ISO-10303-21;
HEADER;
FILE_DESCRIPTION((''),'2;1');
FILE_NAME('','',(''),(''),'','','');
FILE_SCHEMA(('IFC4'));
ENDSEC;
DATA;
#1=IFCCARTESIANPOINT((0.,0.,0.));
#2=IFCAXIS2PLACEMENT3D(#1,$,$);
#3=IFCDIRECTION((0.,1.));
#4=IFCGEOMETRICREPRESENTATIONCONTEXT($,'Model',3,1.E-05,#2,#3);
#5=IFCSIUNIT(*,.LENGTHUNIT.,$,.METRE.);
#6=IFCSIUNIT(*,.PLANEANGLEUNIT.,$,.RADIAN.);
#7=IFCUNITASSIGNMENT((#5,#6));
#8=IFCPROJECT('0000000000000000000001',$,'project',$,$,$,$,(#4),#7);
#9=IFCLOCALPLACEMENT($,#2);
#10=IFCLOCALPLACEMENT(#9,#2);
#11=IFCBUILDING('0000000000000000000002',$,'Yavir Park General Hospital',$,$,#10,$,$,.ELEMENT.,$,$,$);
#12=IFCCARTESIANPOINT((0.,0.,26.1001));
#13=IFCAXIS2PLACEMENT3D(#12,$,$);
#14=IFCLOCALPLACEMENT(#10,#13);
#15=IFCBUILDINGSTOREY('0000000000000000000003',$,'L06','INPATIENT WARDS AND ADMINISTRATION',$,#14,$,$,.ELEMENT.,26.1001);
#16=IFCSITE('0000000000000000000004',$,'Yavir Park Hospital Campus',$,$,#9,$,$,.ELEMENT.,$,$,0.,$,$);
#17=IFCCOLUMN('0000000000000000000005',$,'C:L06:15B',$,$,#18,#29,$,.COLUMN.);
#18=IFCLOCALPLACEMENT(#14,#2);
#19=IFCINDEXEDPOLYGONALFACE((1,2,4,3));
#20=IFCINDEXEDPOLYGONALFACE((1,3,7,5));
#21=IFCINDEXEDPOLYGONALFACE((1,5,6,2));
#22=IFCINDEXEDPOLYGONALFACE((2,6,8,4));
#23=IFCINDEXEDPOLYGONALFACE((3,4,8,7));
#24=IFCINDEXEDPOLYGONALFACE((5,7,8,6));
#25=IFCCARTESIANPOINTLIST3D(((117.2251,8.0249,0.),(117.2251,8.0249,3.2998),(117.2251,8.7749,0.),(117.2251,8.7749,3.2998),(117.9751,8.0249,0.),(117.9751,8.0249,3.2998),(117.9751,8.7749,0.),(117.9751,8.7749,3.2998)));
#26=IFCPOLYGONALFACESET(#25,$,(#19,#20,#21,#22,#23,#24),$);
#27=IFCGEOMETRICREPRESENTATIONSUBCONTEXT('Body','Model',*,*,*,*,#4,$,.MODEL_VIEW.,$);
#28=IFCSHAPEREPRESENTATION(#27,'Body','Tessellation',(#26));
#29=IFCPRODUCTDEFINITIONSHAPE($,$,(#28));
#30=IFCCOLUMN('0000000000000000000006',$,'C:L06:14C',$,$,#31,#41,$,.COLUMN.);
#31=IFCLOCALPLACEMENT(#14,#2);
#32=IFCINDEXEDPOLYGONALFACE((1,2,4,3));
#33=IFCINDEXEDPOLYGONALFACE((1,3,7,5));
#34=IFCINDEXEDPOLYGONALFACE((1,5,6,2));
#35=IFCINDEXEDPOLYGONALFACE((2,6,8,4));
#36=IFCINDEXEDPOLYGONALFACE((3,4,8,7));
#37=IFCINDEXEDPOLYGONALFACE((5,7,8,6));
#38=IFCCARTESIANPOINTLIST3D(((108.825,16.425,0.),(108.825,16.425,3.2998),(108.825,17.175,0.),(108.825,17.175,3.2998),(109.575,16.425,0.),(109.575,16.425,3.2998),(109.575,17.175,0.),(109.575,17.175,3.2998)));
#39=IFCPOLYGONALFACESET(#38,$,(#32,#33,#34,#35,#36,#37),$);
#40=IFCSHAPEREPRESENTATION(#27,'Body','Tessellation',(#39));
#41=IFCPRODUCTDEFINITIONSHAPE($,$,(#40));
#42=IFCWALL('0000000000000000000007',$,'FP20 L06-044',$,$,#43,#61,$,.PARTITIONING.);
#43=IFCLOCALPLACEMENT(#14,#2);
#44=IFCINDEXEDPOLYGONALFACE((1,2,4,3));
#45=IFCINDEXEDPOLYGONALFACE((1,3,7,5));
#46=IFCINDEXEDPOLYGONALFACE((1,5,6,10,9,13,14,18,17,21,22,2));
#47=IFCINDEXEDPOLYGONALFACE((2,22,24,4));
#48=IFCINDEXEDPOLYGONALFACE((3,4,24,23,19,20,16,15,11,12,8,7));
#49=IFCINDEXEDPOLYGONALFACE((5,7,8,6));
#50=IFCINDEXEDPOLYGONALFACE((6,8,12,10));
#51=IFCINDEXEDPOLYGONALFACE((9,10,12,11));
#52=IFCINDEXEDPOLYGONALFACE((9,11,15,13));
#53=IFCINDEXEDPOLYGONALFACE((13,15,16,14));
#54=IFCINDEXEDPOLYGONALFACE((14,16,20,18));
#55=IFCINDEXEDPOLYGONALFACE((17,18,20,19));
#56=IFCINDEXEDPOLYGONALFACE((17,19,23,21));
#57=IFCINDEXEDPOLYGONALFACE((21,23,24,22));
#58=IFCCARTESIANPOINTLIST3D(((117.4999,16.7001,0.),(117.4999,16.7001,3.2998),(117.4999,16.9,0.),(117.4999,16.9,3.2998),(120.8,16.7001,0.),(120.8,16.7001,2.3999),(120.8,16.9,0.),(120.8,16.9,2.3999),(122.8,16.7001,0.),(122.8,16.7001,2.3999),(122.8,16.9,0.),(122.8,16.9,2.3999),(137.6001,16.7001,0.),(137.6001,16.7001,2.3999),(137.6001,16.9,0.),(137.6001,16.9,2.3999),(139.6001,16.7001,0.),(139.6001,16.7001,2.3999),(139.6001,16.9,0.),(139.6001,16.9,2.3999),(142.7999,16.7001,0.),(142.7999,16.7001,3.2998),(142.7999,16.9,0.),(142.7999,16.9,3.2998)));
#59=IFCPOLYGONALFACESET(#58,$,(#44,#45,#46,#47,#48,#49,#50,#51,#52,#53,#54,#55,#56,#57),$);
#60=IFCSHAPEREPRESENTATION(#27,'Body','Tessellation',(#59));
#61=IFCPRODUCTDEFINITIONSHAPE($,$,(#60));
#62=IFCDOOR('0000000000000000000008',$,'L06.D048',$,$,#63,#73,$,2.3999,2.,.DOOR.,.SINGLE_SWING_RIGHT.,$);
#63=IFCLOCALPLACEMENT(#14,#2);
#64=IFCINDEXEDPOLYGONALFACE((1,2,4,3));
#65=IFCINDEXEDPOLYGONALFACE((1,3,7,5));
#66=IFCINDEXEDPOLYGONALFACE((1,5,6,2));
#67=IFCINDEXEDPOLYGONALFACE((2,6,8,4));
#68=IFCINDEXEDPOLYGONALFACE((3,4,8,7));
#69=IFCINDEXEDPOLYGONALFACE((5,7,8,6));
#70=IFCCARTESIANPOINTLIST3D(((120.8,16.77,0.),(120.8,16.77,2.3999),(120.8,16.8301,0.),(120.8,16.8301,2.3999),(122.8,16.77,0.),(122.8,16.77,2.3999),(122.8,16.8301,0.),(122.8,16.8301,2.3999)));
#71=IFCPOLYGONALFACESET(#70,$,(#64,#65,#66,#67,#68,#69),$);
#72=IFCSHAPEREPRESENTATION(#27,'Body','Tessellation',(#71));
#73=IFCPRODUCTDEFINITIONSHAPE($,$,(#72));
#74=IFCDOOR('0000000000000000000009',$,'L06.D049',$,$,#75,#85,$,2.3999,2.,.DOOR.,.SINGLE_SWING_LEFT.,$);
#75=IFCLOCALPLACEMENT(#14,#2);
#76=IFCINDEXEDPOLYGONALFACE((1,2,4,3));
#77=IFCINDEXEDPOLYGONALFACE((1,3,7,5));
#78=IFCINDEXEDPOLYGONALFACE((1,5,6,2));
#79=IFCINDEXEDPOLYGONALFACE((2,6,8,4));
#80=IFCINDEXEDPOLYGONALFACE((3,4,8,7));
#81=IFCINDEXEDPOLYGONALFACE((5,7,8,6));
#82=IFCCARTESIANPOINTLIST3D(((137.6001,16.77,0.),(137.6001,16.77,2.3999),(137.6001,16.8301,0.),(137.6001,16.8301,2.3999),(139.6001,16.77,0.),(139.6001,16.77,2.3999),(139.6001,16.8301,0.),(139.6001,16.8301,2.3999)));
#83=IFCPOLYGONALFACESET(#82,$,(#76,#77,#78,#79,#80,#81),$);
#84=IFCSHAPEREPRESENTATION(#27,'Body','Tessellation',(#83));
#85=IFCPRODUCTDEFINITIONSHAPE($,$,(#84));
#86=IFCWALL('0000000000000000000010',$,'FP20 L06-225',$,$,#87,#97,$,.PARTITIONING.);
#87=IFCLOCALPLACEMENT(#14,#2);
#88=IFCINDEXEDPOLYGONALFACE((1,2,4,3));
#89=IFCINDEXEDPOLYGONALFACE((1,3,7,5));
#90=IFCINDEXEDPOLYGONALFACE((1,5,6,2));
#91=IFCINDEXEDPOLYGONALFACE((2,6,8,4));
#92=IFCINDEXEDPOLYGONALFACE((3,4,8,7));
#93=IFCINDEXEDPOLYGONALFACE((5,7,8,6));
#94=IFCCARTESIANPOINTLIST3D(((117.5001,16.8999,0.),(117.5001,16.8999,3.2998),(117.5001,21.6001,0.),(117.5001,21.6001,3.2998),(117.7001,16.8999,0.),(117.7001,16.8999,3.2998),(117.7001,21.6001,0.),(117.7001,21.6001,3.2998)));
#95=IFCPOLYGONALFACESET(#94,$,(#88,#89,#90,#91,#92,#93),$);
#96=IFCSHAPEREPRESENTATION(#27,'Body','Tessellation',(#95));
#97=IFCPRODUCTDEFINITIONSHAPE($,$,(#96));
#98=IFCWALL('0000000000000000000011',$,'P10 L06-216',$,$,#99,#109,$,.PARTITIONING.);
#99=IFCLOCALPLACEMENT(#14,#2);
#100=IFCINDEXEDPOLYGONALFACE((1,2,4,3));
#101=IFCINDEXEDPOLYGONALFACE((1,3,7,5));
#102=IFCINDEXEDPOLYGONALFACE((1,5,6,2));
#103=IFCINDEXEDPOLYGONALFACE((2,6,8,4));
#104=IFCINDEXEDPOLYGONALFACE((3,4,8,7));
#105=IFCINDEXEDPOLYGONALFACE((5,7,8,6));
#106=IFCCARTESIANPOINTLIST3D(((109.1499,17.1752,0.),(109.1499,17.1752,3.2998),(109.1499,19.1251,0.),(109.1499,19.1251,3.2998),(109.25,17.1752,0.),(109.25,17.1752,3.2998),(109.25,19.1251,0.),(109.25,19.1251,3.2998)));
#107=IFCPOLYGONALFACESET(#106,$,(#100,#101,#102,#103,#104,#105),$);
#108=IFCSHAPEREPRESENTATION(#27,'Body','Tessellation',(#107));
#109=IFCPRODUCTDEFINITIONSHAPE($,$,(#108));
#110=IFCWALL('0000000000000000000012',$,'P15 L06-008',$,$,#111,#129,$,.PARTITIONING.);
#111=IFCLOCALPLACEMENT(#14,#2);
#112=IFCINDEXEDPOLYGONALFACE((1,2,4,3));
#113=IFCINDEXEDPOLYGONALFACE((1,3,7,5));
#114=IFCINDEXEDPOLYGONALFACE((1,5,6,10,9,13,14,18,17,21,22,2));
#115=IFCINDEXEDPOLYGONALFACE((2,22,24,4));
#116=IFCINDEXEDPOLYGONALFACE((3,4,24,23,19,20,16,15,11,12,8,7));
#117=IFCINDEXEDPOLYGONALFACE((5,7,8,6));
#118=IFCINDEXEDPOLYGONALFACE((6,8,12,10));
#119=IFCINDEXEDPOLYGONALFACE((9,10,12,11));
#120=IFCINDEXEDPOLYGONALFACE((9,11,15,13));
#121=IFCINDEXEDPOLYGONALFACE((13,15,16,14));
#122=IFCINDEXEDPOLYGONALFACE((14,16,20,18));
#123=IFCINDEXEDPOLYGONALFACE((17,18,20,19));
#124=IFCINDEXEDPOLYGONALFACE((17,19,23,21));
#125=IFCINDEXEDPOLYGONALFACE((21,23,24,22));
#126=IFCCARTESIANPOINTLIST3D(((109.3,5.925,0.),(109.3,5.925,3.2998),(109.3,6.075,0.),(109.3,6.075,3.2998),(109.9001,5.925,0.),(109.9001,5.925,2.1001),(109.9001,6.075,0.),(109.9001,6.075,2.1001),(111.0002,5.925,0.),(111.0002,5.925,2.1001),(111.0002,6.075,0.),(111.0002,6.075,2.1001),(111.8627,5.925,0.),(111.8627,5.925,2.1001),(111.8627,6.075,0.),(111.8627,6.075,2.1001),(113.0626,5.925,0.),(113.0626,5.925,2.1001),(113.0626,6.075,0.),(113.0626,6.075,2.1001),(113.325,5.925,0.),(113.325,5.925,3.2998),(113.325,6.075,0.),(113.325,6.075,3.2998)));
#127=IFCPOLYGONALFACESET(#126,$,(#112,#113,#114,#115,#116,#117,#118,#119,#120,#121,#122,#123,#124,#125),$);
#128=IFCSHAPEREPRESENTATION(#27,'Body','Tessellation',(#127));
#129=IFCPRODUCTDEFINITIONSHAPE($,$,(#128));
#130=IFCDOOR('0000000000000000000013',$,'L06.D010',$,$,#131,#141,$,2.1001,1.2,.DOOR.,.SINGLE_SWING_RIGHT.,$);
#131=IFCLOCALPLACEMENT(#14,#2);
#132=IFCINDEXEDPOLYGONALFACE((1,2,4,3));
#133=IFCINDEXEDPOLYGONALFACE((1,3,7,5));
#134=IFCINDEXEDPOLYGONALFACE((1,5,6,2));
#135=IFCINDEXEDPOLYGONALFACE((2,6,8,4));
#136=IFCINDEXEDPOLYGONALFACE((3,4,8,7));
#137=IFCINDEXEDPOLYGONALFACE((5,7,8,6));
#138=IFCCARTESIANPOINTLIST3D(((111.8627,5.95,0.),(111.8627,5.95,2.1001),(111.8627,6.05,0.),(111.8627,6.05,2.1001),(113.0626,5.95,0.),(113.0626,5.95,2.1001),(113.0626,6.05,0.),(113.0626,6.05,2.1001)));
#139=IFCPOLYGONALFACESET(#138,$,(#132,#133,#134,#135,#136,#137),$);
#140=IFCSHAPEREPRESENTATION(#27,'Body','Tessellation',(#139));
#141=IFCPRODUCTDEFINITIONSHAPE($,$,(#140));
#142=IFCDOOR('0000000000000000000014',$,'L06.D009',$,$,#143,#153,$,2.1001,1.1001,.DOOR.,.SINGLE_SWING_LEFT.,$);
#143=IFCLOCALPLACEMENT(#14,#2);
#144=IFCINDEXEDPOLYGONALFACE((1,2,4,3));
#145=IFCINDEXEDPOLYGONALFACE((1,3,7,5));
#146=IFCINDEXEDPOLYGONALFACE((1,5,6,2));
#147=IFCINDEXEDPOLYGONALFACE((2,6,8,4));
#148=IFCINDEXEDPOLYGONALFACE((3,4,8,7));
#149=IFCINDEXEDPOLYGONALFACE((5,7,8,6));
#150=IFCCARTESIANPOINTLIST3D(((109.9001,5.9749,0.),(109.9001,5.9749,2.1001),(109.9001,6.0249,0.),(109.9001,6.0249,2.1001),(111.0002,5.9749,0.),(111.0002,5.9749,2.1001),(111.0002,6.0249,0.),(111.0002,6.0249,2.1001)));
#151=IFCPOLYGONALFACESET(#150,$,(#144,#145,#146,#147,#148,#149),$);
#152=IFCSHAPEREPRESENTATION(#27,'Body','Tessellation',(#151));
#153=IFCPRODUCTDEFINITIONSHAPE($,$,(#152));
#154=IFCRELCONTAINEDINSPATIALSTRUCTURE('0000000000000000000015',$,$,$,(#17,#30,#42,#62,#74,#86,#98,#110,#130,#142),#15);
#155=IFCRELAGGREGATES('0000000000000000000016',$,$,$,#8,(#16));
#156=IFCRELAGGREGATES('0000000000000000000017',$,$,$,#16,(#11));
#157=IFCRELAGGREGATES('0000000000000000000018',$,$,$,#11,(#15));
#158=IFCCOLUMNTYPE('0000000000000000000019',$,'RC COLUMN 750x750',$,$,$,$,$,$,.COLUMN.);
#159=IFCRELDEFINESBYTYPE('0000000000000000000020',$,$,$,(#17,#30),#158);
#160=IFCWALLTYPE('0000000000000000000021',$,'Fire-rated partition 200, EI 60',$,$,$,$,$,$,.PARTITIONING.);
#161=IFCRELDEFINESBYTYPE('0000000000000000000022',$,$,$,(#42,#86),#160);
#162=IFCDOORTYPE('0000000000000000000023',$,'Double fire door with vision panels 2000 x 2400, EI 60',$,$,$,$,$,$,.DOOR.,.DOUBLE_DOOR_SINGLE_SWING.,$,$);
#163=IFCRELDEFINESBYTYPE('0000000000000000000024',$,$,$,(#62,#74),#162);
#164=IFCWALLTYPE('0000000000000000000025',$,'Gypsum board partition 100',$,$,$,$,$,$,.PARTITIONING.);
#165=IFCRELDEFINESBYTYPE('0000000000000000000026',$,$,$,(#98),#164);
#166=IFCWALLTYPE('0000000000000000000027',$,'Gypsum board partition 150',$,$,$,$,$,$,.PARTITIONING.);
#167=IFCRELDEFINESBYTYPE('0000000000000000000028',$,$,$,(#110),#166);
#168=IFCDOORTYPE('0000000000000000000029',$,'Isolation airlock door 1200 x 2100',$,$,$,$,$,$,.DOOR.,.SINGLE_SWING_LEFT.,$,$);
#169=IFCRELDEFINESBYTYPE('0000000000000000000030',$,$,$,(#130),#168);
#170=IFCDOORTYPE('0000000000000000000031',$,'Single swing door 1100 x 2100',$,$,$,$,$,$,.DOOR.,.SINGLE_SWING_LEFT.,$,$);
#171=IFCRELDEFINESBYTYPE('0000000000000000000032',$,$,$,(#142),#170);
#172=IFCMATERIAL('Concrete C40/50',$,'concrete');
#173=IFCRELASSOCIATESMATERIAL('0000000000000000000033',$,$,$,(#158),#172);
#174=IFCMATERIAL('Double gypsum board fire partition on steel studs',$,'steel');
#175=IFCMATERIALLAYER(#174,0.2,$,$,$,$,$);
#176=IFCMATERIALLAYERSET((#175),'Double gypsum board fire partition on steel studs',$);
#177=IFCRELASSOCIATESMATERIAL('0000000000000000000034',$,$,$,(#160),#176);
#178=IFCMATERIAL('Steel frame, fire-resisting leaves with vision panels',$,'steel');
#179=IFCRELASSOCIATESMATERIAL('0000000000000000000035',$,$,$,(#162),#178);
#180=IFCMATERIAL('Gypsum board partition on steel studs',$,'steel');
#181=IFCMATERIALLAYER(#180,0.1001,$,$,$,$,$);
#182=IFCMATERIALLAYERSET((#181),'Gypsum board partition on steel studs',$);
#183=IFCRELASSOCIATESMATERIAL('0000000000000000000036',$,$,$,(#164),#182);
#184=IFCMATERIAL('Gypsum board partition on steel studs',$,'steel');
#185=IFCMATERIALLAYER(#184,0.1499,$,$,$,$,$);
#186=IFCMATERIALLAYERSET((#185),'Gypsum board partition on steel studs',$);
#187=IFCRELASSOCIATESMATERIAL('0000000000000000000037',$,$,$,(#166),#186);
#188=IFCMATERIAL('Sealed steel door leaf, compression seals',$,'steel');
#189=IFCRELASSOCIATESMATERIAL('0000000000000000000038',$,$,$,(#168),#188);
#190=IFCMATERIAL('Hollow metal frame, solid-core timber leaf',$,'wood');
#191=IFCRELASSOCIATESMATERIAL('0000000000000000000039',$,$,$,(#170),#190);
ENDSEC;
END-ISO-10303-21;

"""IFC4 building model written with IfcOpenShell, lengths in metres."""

from ifc_helpers import new_model, si_unit, direction, frame, frame_2d, origin, origin_2d, place, context, subcontext, project, spatial, rectangle, extrude, material, layer, layer_set, material_profile, profile_set, type_object, element, fill, save


model = new_model("IFC4")

# Units and contexts
model_context = context("Model", 3, precision=1e-05, world=origin(), true_north=direction((0.0, 1.0)))
body_context = subcontext(model_context, "Body", "Model", "MODEL_VIEW")
ifc_project = project(units=[si_unit("LENGTHUNIT", "METRE"), si_unit("PLANEANGLEUNIT", "RADIAN")], contexts=[model_context])

# Site, building, storey
site_placement = place(None, origin())
site = spatial("IfcSite", under=ifc_project, at=site_placement, Name="Yavir Park Hospital Campus", CompositionType="ELEMENT", RefElevation=0.0)
building_placement = place(site_placement, origin())
building = spatial("IfcBuilding", under=site, at=building_placement, Name="Yavir Park General Hospital", CompositionType="ELEMENT")
storey_placement = place(building_placement, frame((0.0, 0.0, 26.1001)))
storey = spatial("IfcBuildingStorey", under=building, at=storey_placement, Name="L06", Description="INPATIENT WARDS AND ADMINISTRATION", CompositionType="ELEMENT", Elevation=26.1001)

# Columns
ifc_material_1 = material(Name="Concrete C40/50", Category="concrete")
ifc_material_profile = material_profile(ifc_material_1, rectangle(XDim=0.75, YDim=0.75, at=origin_2d()), Name="RC750x750")
ifc_profile_set = profile_set([ifc_material_profile], Name="Concrete C40/50")
column_type = type_object("IfcColumnType", Name="RC COLUMN 750x750", PredefinedType="COLUMN", material=ifc_profile_set)
for number, where, z_axis, x_axis, name in (
    (1, (117.6001, 8.3999, 0.0), (0.0, 0.0, 1.0), (1.0, 0.0, 0.0), "C:L06:15B"),
    (2, (109.2, 16.8, 0.0), (0.0, 0.0, 1.0), (1.0, 0.0, 0.0), "C:L06:14C"),
):
    element("IfcColumn", number, at=place(storey_placement, frame(where, z_axis=z_axis, x_axis=x_axis)), inside=storey, type_object=column_type, Name=name, PredefinedType="COLUMN", context=body_context, shape_type="SweptSolid", body=[
        extrude(rectangle(XDim=0.75, YDim=0.75, at=origin_2d()), origin(), (0.0, 0.0, 1.0), 3.2998),
    ])

# Wall, openings, doors
ifc_material_2 = material(Name="Double gypsum board fire partition on steel studs", Category="steel")
ifc_layer_1 = layer(ifc_material_2, 0.2)
ifc_layer_set_1 = layer_set([ifc_layer_1], Name="Double gypsum board fire partition on steel studs")
wall_type_1 = type_object("IfcWallType", Name="Fire-rated partition 200, EI 60", PredefinedType="PARTITIONING", material=ifc_layer_set_1)
wall_1_placement = place(storey_placement, frame((117.5, 16.8, 0.0), z_axis=(0.0, 0.0, 1.0), x_axis=(1.0, 0.0, 0.0)))
wall_1 = element("IfcWall", 3, at=wall_1_placement, inside=storey, type_object=wall_type_1, Name="FP20 L06-044", PredefinedType="PARTITIONING", context=body_context, shape_type="SweptSolid", body=[
    extrude(rectangle(XDim=25.3, YDim=0.2, at=frame_2d((12.6499, 0.0))), origin(), (0.0, 0.0, 1.0), 3.2998),
])
opening_1_placement = place(wall_1_placement, frame((3.3, 0.0, 0.0)))
opening_1 = element("IfcOpeningElement", 4, at=opening_1_placement, cuts=wall_1, PredefinedType="OPENING", context=body_context, shape_type="SweptSolid", body=[
    extrude(rectangle(XDim=2.0, YDim=2.3999, at=frame_2d((1.0, 1.2))), frame((0.0, 0.1099, 0.0), z_axis=(0.0, -1.0, 0.0), x_axis=(1.0, 0.0, 0.0)), (0.0, 0.0, 1.0), 0.22),
])
opening_2_placement = place(wall_1_placement, frame((20.1001, 0.0, 0.0)))
opening_2 = element("IfcOpeningElement", 5, at=opening_2_placement, cuts=wall_1, PredefinedType="OPENING", context=body_context, shape_type="SweptSolid", body=[
    extrude(rectangle(XDim=2.0, YDim=2.3999, at=frame_2d((1.0, 1.2))), frame((0.0, 0.1099, 0.0), z_axis=(0.0, -1.0, 0.0), x_axis=(1.0, 0.0, 0.0)), (0.0, 0.0, 1.0), 0.22),
])
ifc_material_3 = material(Name="Steel frame, fire-resisting leaves with vision panels", Category="steel")
door_type_1 = type_object("IfcDoorType", Name="Double fire door with vision panels 2000 x 2400, EI 60", OperationType="DOUBLE_DOOR_SINGLE_SWING", PredefinedType="DOOR", material=ifc_material_3)
door_1_placement = place(opening_1_placement, origin())
door_1 = element("IfcDoor", 6, at=door_1_placement, inside=storey, type_object=door_type_1, Name="L06.D048", OperationType="SINGLE_SWING_RIGHT", OverallHeight=2.3999, OverallWidth=2.0, PredefinedType="DOOR", context=body_context, shape_type="SweptSolid", body=[
    extrude(rectangle(XDim=2.0, YDim=2.3999, at=frame_2d((1.0, 1.2))), frame((0.0, 0.03, 0.0), z_axis=(0.0, -1.0, 0.0), x_axis=(1.0, 0.0, 0.0)), (0.0, 0.0, 1.0), 0.0601),
])
fill(opening_1, door_1)
door_2_placement = place(opening_2_placement, origin())
door_2 = element("IfcDoor", 7, at=door_2_placement, inside=storey, type_object=door_type_1, Name="L06.D049", OperationType="SINGLE_SWING_LEFT", OverallHeight=2.3999, OverallWidth=2.0, PredefinedType="DOOR", context=body_context, shape_type="SweptSolid", body=[
    extrude(rectangle(XDim=2.0, YDim=2.3999, at=frame_2d((1.0, 1.2))), frame((0.0, 0.03, 0.0), z_axis=(0.0, -1.0, 0.0), x_axis=(1.0, 0.0, 0.0)), (0.0, 0.0, 1.0), 0.0601),
])
fill(opening_2, door_2)

# Walls
wall_2_placement = place(storey_placement, frame((117.6001, 16.8999, 0.0), z_axis=(0.0, 0.0, 1.0), x_axis=(0.0, 1.0, 0.0)))
element("IfcWall", 8, at=wall_2_placement, inside=storey, type_object=wall_type_1, Name="FP20 L06-225", PredefinedType="PARTITIONING", context=body_context, shape_type="SweptSolid", body=[
    extrude(rectangle(XDim=4.7002, YDim=0.2, at=frame_2d((2.3501, 0.0))), origin(), (0.0, 0.0, 1.0), 3.2998),
])
ifc_material_4 = material(Name="Gypsum board partition on steel studs", Category="steel")
ifc_layer_2 = layer(ifc_material_4, 0.1001)
ifc_layer_set_2 = layer_set([ifc_layer_2], Name="Gypsum board partition on steel studs")
wall_type_2 = type_object("IfcWallType", Name="Gypsum board partition 100", PredefinedType="PARTITIONING", material=ifc_layer_set_2)
wall_3_placement = place(storey_placement, frame((109.2, 17.175, 0.0), z_axis=(0.0, 0.0, 1.0), x_axis=(0.0, 1.0, 0.0)))
element("IfcWall", 9, at=wall_3_placement, inside=storey, type_object=wall_type_2, Name="P10 L06-216", PredefinedType="PARTITIONING", context=body_context, shape_type="SweptSolid", body=[
    extrude(rectangle(XDim=1.95, YDim=0.1001, at=frame_2d((0.9751, 0.0))), origin(), (0.0, 0.0, 1.0), 3.2998),
])

# Wall, openings, doors
ifc_material_5 = material(Name="Gypsum board partition on steel studs", Category="steel")
ifc_layer_3 = layer(ifc_material_5, 0.1499)
ifc_layer_set_3 = layer_set([ifc_layer_3], Name="Gypsum board partition on steel studs")
wall_type_3 = type_object("IfcWallType", Name="Gypsum board partition 150", PredefinedType="PARTITIONING", material=ifc_layer_set_3)
wall_4_placement = place(storey_placement, frame((109.3, 6.0, 0.0), z_axis=(0.0, 0.0, 1.0), x_axis=(1.0, 0.0, 0.0)))
wall_4 = element("IfcWall", 10, at=wall_4_placement, inside=storey, type_object=wall_type_3, Name="P15 L06-008", PredefinedType="PARTITIONING", context=body_context, shape_type="SweptSolid", body=[
    extrude(rectangle(XDim=4.0249, YDim=0.1499, at=frame_2d((2.0125, 0.0))), origin(), (0.0, 0.0, 1.0), 3.2998),
])
opening_3_placement = place(wall_4_placement, frame((0.6001, 0.0, 0.0)))
opening_3 = element("IfcOpeningElement", 11, at=opening_3_placement, cuts=wall_4, PredefinedType="OPENING", context=body_context, shape_type="SweptSolid", body=[
    extrude(rectangle(XDim=1.1001, YDim=2.1001, at=frame_2d((0.55, 1.05))), frame((0.0, 0.085, 0.0), z_axis=(0.0, -1.0, 0.0), x_axis=(1.0, 0.0, 0.0)), (0.0, 0.0, 1.0), 0.1699),
])
opening_4_placement = place(wall_4_placement, frame((2.5625, 0.0, 0.0)))
opening_4 = element("IfcOpeningElement", 12, at=opening_4_placement, cuts=wall_4, PredefinedType="OPENING", context=body_context, shape_type="SweptSolid", body=[
    extrude(rectangle(XDim=1.2, YDim=2.1001, at=frame_2d((0.6001, 1.05))), frame((0.0, 0.085, 0.0), z_axis=(0.0, -1.0, 0.0), x_axis=(1.0, 0.0, 0.0)), (0.0, 0.0, 1.0), 0.1699),
])
ifc_material_6 = material(Name="Sealed steel door leaf, compression seals", Category="steel")
door_type_2 = type_object("IfcDoorType", Name="Isolation airlock door 1200 x 2100", OperationType="SINGLE_SWING_LEFT", PredefinedType="DOOR", material=ifc_material_6)
door_3_placement = place(opening_4_placement, origin())
door_3 = element("IfcDoor", 13, at=door_3_placement, inside=storey, type_object=door_type_2, Name="L06.D010", OperationType="SINGLE_SWING_RIGHT", OverallHeight=2.1001, OverallWidth=1.2, PredefinedType="DOOR", context=body_context, shape_type="SweptSolid", body=[
    extrude(rectangle(XDim=1.2, YDim=2.1001, at=frame_2d((0.6001, 1.05))), frame((0.0, 0.05, 0.0), z_axis=(0.0, -1.0, 0.0), x_axis=(1.0, 0.0, 0.0)), (0.0, 0.0, 1.0), 0.1001),
])
fill(opening_4, door_3)
ifc_material_7 = material(Name="Hollow metal frame, solid-core timber leaf", Category="wood")
door_type_3 = type_object("IfcDoorType", Name="Single swing door 1100 x 2100", OperationType="SINGLE_SWING_LEFT", PredefinedType="DOOR", material=ifc_material_7)
door_4_placement = place(opening_3_placement, origin())
door_4 = element("IfcDoor", 14, at=door_4_placement, inside=storey, type_object=door_type_3, Name="L06.D009", OperationType="SINGLE_SWING_LEFT", OverallHeight=2.1001, OverallWidth=1.1001, PredefinedType="DOOR", context=body_context, shape_type="SweptSolid", body=[
    extrude(rectangle(XDim=1.1001, YDim=2.1001, at=frame_2d((0.55, 1.05))), frame((0.0, 0.0249, 0.0), z_axis=(0.0, -1.0, 0.0), x_axis=(1.0, 0.0, 0.0)), (0.0, 0.0, 1.0), 0.05),
])
fill(opening_3, door_4)

save(model, "model.ifc")
